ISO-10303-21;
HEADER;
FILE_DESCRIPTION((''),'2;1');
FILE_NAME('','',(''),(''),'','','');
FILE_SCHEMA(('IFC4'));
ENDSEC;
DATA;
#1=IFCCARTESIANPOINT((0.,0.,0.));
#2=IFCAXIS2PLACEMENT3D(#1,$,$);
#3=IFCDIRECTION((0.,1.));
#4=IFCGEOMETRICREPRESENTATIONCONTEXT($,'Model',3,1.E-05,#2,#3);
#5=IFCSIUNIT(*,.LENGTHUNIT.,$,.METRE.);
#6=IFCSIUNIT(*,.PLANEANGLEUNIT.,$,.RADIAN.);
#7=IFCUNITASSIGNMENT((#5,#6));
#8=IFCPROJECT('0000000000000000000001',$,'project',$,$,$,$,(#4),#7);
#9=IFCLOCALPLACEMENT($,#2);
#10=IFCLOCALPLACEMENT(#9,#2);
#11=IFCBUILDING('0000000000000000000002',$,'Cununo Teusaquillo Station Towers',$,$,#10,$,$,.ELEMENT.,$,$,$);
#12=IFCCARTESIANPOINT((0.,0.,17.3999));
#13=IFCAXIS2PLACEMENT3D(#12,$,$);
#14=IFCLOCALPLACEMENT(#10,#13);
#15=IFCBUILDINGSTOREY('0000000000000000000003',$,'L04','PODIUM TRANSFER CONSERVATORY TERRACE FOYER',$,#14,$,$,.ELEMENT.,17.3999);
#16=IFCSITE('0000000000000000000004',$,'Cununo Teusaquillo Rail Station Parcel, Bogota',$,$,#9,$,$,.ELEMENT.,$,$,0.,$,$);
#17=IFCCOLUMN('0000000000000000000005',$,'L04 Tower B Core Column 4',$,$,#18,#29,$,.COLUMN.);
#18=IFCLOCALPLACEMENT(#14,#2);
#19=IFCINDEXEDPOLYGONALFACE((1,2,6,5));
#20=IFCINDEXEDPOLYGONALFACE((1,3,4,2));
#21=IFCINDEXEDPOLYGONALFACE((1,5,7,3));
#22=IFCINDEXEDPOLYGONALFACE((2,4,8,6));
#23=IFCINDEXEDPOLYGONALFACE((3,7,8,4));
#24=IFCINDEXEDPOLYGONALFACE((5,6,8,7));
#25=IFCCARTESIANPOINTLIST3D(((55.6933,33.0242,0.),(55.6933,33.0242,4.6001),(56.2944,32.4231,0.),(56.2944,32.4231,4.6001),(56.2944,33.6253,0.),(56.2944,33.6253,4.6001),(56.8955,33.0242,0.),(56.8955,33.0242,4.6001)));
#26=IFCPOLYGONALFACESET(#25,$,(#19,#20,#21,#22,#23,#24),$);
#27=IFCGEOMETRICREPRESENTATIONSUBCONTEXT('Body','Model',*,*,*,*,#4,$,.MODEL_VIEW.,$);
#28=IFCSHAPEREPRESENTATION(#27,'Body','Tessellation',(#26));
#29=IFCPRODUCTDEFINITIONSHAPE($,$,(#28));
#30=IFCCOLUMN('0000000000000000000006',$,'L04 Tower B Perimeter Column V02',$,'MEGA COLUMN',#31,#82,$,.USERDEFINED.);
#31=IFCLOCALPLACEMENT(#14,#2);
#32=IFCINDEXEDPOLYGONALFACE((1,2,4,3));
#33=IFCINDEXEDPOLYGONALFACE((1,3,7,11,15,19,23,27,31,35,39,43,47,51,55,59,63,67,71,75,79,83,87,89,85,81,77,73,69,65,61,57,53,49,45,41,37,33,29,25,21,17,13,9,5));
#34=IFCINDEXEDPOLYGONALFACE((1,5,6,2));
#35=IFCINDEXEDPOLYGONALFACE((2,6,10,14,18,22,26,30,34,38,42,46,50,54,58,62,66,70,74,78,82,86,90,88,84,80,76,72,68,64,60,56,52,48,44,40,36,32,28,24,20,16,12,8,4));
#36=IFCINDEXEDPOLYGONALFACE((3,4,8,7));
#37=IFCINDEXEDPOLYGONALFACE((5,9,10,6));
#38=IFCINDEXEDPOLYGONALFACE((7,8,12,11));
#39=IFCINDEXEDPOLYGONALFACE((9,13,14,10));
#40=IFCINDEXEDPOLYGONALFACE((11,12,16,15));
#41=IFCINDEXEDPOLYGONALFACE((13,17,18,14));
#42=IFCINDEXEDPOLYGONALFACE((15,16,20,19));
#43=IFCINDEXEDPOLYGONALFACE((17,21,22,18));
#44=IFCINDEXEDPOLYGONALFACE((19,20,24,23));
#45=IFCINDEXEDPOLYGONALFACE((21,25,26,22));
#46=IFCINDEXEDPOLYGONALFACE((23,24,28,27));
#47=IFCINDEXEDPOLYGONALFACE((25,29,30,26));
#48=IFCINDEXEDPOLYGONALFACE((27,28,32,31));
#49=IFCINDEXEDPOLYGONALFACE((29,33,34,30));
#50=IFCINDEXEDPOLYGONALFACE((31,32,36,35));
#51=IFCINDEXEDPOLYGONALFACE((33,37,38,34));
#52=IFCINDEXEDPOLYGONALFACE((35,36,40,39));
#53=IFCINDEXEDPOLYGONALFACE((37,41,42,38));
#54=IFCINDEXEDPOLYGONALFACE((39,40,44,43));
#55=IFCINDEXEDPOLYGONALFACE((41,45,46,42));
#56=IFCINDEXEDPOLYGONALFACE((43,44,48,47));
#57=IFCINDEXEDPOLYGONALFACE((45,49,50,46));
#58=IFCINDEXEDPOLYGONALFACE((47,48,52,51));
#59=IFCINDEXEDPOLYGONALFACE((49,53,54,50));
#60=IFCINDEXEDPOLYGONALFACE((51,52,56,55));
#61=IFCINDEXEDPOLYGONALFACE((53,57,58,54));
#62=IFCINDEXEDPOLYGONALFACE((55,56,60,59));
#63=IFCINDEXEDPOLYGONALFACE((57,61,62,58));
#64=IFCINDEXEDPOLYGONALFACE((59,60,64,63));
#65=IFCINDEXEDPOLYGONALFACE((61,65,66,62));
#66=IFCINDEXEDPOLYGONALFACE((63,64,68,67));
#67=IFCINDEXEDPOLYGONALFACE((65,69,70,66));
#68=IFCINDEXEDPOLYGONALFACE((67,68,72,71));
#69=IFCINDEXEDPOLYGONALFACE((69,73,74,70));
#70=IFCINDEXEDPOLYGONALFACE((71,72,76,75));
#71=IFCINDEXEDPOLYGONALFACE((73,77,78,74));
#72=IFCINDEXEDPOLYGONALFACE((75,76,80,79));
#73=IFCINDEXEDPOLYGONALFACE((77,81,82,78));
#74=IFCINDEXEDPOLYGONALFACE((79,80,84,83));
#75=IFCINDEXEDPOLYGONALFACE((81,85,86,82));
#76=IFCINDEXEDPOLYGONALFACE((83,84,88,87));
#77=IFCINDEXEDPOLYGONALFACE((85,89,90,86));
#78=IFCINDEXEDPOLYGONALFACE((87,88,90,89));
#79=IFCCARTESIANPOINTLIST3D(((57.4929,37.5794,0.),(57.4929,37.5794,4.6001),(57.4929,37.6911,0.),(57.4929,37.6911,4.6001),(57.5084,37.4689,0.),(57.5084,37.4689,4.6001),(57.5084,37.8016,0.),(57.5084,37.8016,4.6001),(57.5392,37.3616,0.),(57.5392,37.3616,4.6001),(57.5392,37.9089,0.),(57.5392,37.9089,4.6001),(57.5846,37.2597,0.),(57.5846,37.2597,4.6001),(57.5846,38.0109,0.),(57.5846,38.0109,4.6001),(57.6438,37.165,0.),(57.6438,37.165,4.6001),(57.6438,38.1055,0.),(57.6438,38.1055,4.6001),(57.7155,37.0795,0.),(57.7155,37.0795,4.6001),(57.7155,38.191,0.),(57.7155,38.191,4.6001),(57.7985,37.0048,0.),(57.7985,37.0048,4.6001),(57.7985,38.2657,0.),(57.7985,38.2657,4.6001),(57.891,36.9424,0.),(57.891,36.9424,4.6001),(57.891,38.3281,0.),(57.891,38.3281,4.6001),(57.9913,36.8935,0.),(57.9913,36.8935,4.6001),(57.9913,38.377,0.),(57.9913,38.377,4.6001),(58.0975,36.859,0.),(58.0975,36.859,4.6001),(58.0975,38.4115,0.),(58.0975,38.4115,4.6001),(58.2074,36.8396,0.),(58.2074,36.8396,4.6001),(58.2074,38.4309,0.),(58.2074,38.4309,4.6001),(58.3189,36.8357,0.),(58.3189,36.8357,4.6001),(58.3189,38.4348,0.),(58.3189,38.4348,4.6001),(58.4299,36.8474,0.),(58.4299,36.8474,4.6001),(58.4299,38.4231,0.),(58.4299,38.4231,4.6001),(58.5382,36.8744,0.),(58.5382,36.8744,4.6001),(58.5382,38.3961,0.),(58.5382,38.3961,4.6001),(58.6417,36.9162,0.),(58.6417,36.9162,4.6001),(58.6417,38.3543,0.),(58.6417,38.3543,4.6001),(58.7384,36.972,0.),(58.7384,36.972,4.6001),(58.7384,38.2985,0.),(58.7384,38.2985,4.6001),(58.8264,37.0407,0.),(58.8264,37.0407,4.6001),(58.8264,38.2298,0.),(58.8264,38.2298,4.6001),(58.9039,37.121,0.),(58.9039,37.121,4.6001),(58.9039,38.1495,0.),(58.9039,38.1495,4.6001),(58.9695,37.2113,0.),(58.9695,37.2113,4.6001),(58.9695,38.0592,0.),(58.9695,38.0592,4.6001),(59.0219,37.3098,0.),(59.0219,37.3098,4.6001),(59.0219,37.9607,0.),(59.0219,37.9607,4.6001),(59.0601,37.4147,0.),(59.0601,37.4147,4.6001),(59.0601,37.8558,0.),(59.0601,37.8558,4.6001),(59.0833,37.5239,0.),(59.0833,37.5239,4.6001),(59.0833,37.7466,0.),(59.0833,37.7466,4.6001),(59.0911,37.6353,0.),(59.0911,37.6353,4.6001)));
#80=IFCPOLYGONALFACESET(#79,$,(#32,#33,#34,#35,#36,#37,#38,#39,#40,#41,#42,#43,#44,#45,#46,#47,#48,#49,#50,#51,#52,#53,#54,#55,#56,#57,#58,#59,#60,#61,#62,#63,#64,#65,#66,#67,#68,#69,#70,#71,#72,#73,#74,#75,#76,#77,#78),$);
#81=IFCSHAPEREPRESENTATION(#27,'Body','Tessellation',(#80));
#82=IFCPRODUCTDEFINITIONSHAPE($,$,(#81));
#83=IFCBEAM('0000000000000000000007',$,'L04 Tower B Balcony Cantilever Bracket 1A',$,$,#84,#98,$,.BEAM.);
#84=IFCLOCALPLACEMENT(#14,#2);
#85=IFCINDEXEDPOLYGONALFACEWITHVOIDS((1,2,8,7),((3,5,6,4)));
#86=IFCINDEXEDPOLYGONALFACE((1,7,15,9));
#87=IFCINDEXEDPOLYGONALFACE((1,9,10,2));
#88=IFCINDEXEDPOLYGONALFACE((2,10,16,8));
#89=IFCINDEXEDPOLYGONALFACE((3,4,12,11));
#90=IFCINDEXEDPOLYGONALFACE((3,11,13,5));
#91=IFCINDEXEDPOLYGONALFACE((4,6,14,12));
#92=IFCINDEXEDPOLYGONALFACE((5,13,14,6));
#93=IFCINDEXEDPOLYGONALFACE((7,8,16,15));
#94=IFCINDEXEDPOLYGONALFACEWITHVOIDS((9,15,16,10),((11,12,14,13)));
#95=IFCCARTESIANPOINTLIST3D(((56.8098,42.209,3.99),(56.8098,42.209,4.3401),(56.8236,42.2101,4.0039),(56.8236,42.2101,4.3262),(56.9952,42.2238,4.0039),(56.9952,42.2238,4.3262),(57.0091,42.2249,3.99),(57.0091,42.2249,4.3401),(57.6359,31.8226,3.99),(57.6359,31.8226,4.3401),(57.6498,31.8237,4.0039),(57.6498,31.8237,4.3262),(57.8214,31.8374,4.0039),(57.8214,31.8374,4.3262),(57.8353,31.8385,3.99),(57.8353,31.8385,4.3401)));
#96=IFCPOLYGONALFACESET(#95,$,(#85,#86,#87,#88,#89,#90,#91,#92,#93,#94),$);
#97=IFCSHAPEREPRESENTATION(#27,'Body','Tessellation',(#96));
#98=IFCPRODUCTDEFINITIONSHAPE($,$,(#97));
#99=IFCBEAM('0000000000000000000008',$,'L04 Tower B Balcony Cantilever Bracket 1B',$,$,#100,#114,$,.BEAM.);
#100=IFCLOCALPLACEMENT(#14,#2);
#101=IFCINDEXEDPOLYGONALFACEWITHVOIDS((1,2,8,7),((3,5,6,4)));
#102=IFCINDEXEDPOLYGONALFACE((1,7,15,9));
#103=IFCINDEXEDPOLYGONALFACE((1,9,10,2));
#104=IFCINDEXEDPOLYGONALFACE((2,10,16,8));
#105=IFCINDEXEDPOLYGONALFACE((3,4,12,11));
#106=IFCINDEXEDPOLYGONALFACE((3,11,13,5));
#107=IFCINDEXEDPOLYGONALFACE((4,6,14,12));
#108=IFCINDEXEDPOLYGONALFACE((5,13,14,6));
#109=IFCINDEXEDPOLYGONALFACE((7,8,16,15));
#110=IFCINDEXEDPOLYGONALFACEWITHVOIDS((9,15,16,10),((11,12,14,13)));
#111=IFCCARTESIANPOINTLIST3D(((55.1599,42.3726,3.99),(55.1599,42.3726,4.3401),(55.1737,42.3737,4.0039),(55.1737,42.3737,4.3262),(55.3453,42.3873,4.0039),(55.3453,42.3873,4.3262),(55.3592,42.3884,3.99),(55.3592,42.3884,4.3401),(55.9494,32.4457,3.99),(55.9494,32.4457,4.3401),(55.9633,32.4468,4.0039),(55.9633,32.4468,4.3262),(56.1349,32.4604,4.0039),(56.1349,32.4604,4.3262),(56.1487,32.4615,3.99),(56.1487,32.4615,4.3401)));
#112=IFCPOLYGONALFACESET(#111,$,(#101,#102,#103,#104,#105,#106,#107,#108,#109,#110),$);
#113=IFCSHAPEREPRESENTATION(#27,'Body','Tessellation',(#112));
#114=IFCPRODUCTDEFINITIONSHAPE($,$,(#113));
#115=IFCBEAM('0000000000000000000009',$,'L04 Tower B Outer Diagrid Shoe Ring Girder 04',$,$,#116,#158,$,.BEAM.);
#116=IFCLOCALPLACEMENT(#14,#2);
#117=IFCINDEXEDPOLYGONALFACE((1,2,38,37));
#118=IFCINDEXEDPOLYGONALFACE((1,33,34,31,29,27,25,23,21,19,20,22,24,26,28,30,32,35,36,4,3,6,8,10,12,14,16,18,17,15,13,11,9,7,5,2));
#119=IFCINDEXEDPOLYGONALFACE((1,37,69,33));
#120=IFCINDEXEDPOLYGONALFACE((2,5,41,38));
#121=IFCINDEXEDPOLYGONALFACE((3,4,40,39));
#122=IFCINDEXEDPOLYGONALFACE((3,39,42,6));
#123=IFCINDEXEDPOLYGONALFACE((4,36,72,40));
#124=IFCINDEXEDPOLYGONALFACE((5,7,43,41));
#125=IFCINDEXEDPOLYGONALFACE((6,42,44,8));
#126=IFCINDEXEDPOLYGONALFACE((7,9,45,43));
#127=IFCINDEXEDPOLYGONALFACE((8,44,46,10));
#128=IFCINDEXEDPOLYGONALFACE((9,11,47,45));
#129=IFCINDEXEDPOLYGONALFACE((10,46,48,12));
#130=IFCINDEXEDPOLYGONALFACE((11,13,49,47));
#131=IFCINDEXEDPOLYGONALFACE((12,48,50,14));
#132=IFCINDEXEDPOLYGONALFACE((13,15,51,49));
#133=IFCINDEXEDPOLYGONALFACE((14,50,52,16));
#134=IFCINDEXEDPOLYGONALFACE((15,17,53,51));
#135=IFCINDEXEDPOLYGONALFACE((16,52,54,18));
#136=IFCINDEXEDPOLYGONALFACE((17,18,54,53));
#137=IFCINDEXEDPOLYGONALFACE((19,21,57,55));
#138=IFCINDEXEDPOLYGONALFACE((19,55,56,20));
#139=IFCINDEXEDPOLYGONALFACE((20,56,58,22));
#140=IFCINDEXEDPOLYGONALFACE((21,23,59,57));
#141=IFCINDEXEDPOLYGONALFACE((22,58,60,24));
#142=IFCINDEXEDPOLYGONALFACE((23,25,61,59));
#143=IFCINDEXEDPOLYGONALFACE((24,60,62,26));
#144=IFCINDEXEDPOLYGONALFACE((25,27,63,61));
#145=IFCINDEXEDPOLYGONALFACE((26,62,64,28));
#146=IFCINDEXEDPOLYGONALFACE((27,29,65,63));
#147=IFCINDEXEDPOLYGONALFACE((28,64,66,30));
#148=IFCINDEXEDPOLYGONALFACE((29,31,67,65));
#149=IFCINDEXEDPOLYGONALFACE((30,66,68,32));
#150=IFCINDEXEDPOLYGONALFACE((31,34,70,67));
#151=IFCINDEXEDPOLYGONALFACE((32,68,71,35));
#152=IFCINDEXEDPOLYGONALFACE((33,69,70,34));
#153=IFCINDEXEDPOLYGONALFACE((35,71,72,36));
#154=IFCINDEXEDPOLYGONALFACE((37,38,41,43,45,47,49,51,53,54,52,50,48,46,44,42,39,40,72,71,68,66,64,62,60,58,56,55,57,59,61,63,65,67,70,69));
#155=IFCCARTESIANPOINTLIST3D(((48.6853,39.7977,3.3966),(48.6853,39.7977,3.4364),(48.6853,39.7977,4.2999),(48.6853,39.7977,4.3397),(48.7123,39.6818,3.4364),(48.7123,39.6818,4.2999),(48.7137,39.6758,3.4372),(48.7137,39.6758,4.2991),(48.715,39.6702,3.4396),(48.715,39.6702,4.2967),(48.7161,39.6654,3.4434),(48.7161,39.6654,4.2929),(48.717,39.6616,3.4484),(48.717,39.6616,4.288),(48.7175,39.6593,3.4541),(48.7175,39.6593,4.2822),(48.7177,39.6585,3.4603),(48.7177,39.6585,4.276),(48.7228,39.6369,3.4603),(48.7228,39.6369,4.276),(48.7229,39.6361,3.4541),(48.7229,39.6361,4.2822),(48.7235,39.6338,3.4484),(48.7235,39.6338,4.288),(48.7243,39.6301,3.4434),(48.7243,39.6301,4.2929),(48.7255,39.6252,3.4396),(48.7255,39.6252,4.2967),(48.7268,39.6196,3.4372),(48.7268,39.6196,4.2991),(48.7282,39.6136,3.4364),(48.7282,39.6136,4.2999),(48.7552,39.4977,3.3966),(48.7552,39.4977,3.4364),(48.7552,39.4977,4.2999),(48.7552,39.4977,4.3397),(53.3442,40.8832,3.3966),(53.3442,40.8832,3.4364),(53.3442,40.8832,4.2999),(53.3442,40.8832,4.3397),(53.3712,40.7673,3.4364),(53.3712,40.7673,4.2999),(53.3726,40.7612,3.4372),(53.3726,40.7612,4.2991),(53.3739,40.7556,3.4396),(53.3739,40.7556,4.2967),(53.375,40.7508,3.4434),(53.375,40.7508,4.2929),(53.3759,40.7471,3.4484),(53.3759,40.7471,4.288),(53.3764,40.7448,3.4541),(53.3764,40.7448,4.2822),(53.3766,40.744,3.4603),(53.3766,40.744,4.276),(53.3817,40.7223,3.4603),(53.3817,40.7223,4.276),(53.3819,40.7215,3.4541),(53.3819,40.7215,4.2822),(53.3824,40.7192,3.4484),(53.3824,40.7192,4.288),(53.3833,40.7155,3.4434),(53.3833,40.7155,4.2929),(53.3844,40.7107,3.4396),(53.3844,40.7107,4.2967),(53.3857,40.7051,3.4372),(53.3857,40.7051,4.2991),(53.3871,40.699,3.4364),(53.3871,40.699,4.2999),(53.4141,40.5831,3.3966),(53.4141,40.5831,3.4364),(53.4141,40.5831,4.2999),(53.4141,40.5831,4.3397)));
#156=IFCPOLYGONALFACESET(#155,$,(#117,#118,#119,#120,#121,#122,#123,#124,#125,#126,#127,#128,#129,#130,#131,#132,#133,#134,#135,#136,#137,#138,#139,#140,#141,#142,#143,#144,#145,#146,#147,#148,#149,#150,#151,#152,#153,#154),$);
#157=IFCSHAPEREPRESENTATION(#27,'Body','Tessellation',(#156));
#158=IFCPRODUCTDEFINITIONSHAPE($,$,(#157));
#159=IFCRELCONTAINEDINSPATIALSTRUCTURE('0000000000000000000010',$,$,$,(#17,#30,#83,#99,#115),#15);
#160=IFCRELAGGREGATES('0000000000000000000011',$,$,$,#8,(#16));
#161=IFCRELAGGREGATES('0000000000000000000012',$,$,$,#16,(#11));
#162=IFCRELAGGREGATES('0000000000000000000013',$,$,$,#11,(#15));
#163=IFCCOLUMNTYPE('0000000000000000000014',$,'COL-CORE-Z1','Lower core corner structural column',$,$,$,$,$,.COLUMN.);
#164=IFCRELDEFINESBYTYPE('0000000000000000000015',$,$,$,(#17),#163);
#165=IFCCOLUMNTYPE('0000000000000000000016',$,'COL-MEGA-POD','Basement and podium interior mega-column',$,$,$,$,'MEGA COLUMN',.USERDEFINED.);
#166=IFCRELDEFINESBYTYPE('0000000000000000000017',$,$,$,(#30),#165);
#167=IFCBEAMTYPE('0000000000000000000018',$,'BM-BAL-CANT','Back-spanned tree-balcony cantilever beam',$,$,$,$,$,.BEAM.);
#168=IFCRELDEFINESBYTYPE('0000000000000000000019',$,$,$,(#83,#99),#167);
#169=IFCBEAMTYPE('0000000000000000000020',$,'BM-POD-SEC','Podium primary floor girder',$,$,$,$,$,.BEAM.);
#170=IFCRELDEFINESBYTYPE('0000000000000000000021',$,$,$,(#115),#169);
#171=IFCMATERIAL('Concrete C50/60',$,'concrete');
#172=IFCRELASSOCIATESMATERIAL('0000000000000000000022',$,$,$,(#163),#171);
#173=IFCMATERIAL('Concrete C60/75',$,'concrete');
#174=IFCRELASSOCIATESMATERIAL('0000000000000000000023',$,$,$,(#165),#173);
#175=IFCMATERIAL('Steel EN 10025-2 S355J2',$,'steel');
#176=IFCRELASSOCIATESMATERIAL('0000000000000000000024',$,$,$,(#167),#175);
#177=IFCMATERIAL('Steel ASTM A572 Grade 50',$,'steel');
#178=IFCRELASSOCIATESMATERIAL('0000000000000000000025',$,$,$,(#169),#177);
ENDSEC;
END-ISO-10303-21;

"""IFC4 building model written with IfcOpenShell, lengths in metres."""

from ifc_helpers import new_model, si_unit, direction, frame, origin, origin_2d, place, context, subcontext, project, spatial, rectangle, hollow_rectangle, circle, i_section, extrude, material, material_profile, profile_set, type_object, element, save


model = new_model("IFC4")

# Units and contexts
model_context = context("Model", 3, precision=1e-05, world=origin(), true_north=direction((0.0, 1.0)))
body_context = subcontext(model_context, "Body", "Model", "MODEL_VIEW")
ifc_project = project(units=[si_unit("LENGTHUNIT", "METRE"), si_unit("PLANEANGLEUNIT", "RADIAN")], contexts=[model_context])

# Site, building, storey
site_placement = place(None, origin())
site = spatial("IfcSite", under=ifc_project, at=site_placement, Name="Cununo Teusaquillo Rail Station Parcel, Bogota", CompositionType="ELEMENT", RefElevation=0.0)
building_placement = place(site_placement, origin())
building = spatial("IfcBuilding", under=site, at=building_placement, Name="Cununo Teusaquillo Station Towers", CompositionType="ELEMENT")
storey_placement = place(building_placement, frame((0.0, 0.0, 17.3999)))
storey = spatial("IfcBuildingStorey", under=building, at=storey_placement, Name="L04", Description="PODIUM TRANSFER CONSERVATORY TERRACE FOYER", CompositionType="ELEMENT", Elevation=17.3999)

# Columns
ifc_material_1 = material(Name="Concrete C50/60", Category="concrete")
ifc_material_profile_1 = material_profile(ifc_material_1, rectangle(XDim=0.8501, YDim=0.8501, at=origin_2d()), Name="RC-RECT-850x850")
ifc_profile_set_1 = profile_set([ifc_material_profile_1], Name="Concrete C50/60")
column_type_1 = type_object("IfcColumnType", Name="COL-CORE-Z1", Description="Lower core corner structural column", PredefinedType="COLUMN", material=ifc_profile_set_1)
column_1_placement = place(storey_placement, frame((56.2944, 33.0242, 0.0), z_axis=(0.0, 0.0, 1.0), x_axis=(0.707107, 0.707107, 0.0)))
element("IfcColumn", 1, at=column_1_placement, inside=storey, type_object=column_type_1, Name="L04 Tower B Core Column 4", PredefinedType="COLUMN", context=body_context, shape_type="SweptSolid", body=[
    extrude(rectangle(XDim=0.8501, YDim=0.8501, at=origin_2d()), origin(), (0.0, 0.0, 1.0), 4.6001),
])
ifc_material_2 = material(Name="Concrete C60/75", Category="concrete")
ifc_material_profile_2 = material_profile(ifc_material_2, circle(Radius=0.8, at=origin_2d()), Name="RC-CIRC-1600")
ifc_profile_set_2 = profile_set([ifc_material_profile_2], Name="Concrete C60/75")
column_type_2 = type_object("IfcColumnType", Name="COL-MEGA-POD", Description="Basement and podium interior mega-column", ElementType="MEGA COLUMN", PredefinedType="USERDEFINED", material=ifc_profile_set_2)
column_2_placement = place(storey_placement, frame((58.291, 37.6353, 0.0), z_axis=(0.0, 0.0, 1.0), x_axis=(1.0, 0.0, 0.0)))
element("IfcColumn", 2, at=column_2_placement, inside=storey, type_object=column_type_2, Name="L04 Tower B Perimeter Column V02", ObjectType="MEGA COLUMN", PredefinedType="USERDEFINED", context=body_context, shape_type="SweptSolid", body=[
    extrude(circle(Radius=0.8, at=origin_2d()), origin(), (0.0, 0.0, 1.0), 4.6001),
])

# Beams
ifc_material_3 = material(Name="Steel EN 10025-2 S355J2", Category="steel")
ifc_material_profile_3 = material_profile(ifc_material_3, hollow_rectangle(XDim=0.2, YDim=0.3501, WallThickness=0.0139, at=origin_2d()), Name="RHS 350x200x14")
ifc_profile_set_3 = profile_set([ifc_material_profile_3], Name="Steel EN 10025-2 S355J2")
beam_type_1 = type_object("IfcBeamType", Name="BM-BAL-CANT", Description="Back-spanned tree-balcony cantilever beam", PredefinedType="BEAM", material=ifc_profile_set_3)
beam_1_placement = place(storey_placement, frame((57.7356, 31.8306, 4.165), z_axis=(-0.079293, 0.996851, 0.0), x_axis=(-0.996851, -0.079293, 0.0)))
element("IfcBeam", 3, at=beam_1_placement, inside=storey, type_object=beam_type_1, Name="L04 Tower B Balcony Cantilever Bracket 1A", PredefinedType="BEAM", context=body_context, shape_type="SweptSolid", body=[
    extrude(hollow_rectangle(XDim=0.2, YDim=0.3501, WallThickness=0.0139, at=origin_2d()), origin(), (0.0, 0.0, 1.0), 10.4192),
])
beam_2_placement = place(storey_placement, frame((56.0491, 32.4536, 4.165), z_axis=(-0.079285, 0.996852, 0.0), x_axis=(-0.996852, -0.079285, 0.0)))
element("IfcBeam", 4, at=beam_2_placement, inside=storey, type_object=beam_type_1, Name="L04 Tower B Balcony Cantilever Bracket 1B", PredefinedType="BEAM", context=body_context, shape_type="SweptSolid", body=[
    extrude(hollow_rectangle(XDim=0.2, YDim=0.3501, WallThickness=0.0139, at=origin_2d()), origin(), (0.0, 0.0, 1.0), 9.9583),
])
ifc_material_4 = material(Name="Steel ASTM A572 Grade 50", Category="steel")
ifc_material_profile_4 = material_profile(ifc_material_4, i_section(OverallWidth=0.3081, OverallDepth=0.9431, WebThickness=0.0222, FlangeThickness=0.0398, FilletRadius=0.0239, at=origin_2d()), Name="W36X232")
ifc_profile_set_4 = profile_set([ifc_material_profile_4], Name="Steel ASTM A572 Grade 50")
beam_type_2 = type_object("IfcBeamType", Name="BM-POD-SEC", Description="Podium primary floor girder", PredefinedType="BEAM", material=ifc_profile_set_4)
beam_3_placement = place(storey_placement, frame((53.3792, 40.7332, 3.8682), z_axis=(-0.973917, -0.226905, 0.0), x_axis=(0.226905, -0.973917, 0.0)))
element("IfcBeam", 5, at=beam_3_placement, inside=storey, type_object=beam_type_2, Name="L04 Tower B Outer Diagrid Shoe Ring Girder 04", PredefinedType="BEAM", context=body_context, shape_type="SweptSolid", body=[
    extrude(i_section(OverallWidth=0.3081, OverallDepth=0.9431, WebThickness=0.0222, FlangeThickness=0.0398, FilletRadius=0.0239, at=origin_2d()), origin(), (0.0, 0.0, 1.0), 4.7837),
])

save(model, "model.ifc")
